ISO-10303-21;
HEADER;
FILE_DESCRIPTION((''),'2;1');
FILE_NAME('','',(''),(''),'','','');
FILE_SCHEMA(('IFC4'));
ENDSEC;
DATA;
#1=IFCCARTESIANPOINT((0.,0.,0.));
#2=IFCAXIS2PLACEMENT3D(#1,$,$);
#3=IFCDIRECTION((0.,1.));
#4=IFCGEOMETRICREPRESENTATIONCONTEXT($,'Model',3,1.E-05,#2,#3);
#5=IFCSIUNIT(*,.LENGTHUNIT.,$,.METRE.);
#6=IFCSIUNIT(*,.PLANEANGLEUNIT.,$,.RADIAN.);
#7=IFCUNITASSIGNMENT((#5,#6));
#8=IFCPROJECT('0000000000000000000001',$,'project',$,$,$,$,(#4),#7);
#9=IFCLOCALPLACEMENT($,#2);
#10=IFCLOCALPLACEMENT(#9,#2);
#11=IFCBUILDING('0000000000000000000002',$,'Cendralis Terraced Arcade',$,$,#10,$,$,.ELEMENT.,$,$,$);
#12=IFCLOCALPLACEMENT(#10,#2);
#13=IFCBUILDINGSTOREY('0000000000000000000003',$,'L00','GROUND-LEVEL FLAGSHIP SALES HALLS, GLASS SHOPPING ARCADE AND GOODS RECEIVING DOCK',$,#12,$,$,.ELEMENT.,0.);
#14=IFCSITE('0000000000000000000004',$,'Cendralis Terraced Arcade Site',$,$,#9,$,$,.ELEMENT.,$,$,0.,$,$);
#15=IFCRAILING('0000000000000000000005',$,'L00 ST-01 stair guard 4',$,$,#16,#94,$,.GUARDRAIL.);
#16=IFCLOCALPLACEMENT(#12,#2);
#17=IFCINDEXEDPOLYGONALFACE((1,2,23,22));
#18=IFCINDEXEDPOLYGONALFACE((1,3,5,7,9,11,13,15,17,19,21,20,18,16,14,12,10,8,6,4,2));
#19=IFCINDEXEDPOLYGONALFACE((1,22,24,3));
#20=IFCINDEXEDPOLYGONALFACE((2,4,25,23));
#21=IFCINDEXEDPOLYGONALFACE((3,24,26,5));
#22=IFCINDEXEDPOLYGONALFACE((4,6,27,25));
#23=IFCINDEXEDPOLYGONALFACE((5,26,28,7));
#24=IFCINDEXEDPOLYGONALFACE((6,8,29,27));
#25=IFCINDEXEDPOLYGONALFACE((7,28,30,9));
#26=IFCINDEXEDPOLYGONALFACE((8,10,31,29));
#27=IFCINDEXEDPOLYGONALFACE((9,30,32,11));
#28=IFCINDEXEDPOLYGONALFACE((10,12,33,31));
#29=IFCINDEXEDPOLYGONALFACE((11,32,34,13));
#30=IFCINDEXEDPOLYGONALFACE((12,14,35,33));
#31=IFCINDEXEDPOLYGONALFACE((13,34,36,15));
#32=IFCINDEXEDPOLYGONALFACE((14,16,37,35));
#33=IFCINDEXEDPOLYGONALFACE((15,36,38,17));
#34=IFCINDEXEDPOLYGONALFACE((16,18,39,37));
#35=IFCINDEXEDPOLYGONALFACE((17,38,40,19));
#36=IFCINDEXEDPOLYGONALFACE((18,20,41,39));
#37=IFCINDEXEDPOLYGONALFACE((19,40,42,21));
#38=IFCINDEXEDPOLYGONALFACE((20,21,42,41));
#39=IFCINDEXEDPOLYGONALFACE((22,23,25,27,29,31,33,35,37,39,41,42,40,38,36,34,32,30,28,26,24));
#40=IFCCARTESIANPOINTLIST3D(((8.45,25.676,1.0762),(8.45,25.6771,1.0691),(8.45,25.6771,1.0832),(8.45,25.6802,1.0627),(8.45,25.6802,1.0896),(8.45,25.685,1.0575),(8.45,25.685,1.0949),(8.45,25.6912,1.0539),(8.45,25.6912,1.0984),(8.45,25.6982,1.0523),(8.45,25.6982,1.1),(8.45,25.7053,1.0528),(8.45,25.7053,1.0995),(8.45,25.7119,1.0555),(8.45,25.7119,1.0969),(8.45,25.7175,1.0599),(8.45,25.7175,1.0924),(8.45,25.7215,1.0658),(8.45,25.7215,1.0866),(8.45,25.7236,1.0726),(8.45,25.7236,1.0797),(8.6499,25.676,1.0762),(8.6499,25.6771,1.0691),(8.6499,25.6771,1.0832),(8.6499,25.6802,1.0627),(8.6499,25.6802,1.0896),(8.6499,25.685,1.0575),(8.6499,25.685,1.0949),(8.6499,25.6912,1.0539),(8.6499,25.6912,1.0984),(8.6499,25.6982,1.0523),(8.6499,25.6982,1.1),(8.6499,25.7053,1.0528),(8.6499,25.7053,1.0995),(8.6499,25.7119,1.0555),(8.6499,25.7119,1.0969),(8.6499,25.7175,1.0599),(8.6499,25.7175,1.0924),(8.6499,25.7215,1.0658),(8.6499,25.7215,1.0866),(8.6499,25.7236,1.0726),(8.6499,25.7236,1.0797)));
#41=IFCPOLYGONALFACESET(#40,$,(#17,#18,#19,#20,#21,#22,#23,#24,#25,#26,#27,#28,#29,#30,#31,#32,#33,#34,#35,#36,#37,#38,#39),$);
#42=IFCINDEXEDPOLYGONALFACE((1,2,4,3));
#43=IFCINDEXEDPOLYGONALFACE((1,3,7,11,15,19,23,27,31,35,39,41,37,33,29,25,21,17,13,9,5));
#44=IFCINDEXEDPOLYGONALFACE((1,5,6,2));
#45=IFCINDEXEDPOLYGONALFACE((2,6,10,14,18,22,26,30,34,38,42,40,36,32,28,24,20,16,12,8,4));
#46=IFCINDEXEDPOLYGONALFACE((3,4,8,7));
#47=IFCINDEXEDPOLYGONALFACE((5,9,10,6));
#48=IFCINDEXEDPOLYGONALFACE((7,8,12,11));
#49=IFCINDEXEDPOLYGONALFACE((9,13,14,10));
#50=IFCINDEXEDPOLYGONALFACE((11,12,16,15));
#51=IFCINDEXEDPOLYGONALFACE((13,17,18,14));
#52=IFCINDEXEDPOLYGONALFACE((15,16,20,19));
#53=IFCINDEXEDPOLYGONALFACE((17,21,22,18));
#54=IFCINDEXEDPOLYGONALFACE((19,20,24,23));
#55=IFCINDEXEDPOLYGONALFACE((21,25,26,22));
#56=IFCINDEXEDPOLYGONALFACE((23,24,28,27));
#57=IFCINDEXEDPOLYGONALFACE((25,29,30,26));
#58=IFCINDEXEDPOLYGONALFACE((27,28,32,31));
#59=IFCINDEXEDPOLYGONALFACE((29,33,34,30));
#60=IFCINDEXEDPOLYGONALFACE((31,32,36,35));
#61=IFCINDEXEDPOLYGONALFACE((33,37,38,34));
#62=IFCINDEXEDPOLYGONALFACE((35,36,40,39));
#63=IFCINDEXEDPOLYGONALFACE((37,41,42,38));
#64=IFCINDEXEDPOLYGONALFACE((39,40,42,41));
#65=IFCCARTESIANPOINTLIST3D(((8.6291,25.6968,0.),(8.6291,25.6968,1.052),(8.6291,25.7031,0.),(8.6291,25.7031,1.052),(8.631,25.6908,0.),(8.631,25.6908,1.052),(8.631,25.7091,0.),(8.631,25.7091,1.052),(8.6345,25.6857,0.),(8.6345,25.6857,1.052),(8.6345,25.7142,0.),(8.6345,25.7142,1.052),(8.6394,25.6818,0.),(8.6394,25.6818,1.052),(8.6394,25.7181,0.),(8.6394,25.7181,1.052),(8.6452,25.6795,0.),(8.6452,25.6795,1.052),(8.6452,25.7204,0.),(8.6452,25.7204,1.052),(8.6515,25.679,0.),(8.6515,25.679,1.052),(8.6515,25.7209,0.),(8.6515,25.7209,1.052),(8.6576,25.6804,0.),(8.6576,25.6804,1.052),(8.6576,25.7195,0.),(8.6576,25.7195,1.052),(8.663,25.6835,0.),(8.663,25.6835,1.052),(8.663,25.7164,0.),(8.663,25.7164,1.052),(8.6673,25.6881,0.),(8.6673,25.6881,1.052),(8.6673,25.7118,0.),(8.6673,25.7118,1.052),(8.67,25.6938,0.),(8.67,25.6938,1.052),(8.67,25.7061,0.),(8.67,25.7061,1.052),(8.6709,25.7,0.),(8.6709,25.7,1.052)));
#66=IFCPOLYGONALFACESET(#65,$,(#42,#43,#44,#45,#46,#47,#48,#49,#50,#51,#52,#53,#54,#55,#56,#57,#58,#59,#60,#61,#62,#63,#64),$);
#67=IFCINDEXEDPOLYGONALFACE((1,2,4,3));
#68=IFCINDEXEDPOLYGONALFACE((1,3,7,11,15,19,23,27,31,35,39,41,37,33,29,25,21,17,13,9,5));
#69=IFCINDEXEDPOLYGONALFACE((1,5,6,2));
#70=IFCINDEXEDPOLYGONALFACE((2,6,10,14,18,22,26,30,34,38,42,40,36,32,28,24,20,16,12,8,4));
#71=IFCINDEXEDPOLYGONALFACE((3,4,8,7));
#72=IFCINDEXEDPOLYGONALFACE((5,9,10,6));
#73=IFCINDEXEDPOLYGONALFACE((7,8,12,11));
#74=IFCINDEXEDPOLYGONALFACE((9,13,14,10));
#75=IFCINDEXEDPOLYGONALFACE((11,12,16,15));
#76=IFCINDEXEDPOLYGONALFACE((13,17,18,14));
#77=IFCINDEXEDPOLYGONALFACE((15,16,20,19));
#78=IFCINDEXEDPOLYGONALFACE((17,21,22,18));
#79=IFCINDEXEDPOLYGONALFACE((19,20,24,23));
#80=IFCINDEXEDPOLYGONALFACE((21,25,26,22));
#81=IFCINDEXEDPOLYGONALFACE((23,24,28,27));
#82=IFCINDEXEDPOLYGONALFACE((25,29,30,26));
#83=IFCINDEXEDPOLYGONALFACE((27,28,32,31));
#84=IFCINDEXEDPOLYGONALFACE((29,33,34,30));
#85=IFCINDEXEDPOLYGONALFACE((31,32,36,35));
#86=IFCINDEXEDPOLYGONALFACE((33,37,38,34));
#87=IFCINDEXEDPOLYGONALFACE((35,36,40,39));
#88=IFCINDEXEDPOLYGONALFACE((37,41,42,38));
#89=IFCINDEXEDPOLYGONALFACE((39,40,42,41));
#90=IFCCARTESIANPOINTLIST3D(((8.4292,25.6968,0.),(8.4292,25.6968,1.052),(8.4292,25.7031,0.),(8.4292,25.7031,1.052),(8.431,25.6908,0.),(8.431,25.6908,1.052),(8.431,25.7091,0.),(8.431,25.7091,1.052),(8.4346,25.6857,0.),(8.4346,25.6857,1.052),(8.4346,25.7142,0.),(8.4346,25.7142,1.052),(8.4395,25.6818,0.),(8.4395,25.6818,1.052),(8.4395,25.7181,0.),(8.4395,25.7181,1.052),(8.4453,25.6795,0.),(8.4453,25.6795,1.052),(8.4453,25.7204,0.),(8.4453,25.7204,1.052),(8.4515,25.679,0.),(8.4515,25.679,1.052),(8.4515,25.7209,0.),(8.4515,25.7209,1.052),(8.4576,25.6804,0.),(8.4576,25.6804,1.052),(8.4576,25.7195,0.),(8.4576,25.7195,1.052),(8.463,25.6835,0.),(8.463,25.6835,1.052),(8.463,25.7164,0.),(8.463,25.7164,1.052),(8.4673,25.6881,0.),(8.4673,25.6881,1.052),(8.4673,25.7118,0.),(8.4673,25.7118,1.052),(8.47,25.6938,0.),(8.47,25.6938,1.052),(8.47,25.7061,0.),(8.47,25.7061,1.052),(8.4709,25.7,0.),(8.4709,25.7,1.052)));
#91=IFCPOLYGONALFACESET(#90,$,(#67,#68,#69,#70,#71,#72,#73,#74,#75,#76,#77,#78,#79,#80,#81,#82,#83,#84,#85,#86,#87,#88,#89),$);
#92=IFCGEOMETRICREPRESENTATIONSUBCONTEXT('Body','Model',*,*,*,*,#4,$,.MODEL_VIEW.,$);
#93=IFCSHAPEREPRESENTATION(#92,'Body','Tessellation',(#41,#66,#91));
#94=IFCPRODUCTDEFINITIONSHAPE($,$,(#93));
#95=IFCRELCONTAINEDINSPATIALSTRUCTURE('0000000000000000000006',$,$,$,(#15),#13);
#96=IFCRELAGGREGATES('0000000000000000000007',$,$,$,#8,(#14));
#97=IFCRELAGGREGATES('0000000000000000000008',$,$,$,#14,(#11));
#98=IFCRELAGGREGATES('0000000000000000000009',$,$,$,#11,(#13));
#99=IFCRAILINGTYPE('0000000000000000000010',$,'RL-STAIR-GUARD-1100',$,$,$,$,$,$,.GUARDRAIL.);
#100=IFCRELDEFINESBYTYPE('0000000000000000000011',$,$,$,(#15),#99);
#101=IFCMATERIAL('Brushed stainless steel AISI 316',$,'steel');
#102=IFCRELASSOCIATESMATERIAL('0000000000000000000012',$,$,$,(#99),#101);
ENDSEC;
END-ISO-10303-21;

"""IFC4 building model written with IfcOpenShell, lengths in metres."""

from ifc_helpers import new_model, si_unit, direction, frame, origin, origin_2d, place, context, subcontext, project, spatial, circle, extrude, material, type_object, element, save


model = new_model("IFC4")

# Units and contexts
model_context = context("Model", 3, precision=1e-05, world=origin(), true_north=direction((0.0, 1.0)))
body_context = subcontext(model_context, "Body", "Model", "MODEL_VIEW")
ifc_project = project(units=[si_unit("LENGTHUNIT", "METRE"), si_unit("PLANEANGLEUNIT", "RADIAN")], contexts=[model_context])

# Site, building, storey
site_placement = place(None, origin())
site = spatial("IfcSite", under=ifc_project, at=site_placement, Name="Cendralis Terraced Arcade Site", CompositionType="ELEMENT", RefElevation=0.0)
building_placement = place(site_placement, origin())
building = spatial("IfcBuilding", under=site, at=building_placement, Name="Cendralis Terraced Arcade", CompositionType="ELEMENT")
storey_placement = place(building_placement, origin())
storey = spatial("IfcBuildingStorey", under=building, at=storey_placement, Name="L00", Description="GROUND-LEVEL FLAGSHIP SALES HALLS, GLASS SHOPPING ARCADE AND GOODS RECEIVING DOCK", CompositionType="ELEMENT", Elevation=0.0)

# Railing
ifc_material_1 = material(Name="Brushed stainless steel AISI 316", Category="steel")
railing_type_1 = type_object("IfcRailingType", Name="RL-STAIR-GUARD-1100", PredefinedType="GUARDRAIL", material=ifc_material_1)
railing_1_placement = place(storey_placement, frame((8.6499, 25.7, 0.0)))
element("IfcRailing", 1, at=railing_1_placement, inside=storey, type_object=railing_type_1, Name="L00 ST-01 stair guard 4", PredefinedType="GUARDRAIL", context=body_context, shape_type="SweptSolid", body=[
    extrude(circle(Radius=0.0239, at=origin_2d()), frame((0.0, 0.0, 1.0762), z_axis=(-1.0, 0.0, 0.0), x_axis=(0.0, -1.0, 0.0)), (0.0, 0.0, 1.0), 0.2),
    extrude(circle(Radius=0.021, at=origin_2d()), origin(), (0.0, 0.0, 1.0), 1.052),
    extrude(circle(Radius=0.021, at=origin_2d()), frame((-0.2, 0.0, 0.0)), (0.0, 0.0, 1.0), 1.052),
])

save(model, "model.ifc")
